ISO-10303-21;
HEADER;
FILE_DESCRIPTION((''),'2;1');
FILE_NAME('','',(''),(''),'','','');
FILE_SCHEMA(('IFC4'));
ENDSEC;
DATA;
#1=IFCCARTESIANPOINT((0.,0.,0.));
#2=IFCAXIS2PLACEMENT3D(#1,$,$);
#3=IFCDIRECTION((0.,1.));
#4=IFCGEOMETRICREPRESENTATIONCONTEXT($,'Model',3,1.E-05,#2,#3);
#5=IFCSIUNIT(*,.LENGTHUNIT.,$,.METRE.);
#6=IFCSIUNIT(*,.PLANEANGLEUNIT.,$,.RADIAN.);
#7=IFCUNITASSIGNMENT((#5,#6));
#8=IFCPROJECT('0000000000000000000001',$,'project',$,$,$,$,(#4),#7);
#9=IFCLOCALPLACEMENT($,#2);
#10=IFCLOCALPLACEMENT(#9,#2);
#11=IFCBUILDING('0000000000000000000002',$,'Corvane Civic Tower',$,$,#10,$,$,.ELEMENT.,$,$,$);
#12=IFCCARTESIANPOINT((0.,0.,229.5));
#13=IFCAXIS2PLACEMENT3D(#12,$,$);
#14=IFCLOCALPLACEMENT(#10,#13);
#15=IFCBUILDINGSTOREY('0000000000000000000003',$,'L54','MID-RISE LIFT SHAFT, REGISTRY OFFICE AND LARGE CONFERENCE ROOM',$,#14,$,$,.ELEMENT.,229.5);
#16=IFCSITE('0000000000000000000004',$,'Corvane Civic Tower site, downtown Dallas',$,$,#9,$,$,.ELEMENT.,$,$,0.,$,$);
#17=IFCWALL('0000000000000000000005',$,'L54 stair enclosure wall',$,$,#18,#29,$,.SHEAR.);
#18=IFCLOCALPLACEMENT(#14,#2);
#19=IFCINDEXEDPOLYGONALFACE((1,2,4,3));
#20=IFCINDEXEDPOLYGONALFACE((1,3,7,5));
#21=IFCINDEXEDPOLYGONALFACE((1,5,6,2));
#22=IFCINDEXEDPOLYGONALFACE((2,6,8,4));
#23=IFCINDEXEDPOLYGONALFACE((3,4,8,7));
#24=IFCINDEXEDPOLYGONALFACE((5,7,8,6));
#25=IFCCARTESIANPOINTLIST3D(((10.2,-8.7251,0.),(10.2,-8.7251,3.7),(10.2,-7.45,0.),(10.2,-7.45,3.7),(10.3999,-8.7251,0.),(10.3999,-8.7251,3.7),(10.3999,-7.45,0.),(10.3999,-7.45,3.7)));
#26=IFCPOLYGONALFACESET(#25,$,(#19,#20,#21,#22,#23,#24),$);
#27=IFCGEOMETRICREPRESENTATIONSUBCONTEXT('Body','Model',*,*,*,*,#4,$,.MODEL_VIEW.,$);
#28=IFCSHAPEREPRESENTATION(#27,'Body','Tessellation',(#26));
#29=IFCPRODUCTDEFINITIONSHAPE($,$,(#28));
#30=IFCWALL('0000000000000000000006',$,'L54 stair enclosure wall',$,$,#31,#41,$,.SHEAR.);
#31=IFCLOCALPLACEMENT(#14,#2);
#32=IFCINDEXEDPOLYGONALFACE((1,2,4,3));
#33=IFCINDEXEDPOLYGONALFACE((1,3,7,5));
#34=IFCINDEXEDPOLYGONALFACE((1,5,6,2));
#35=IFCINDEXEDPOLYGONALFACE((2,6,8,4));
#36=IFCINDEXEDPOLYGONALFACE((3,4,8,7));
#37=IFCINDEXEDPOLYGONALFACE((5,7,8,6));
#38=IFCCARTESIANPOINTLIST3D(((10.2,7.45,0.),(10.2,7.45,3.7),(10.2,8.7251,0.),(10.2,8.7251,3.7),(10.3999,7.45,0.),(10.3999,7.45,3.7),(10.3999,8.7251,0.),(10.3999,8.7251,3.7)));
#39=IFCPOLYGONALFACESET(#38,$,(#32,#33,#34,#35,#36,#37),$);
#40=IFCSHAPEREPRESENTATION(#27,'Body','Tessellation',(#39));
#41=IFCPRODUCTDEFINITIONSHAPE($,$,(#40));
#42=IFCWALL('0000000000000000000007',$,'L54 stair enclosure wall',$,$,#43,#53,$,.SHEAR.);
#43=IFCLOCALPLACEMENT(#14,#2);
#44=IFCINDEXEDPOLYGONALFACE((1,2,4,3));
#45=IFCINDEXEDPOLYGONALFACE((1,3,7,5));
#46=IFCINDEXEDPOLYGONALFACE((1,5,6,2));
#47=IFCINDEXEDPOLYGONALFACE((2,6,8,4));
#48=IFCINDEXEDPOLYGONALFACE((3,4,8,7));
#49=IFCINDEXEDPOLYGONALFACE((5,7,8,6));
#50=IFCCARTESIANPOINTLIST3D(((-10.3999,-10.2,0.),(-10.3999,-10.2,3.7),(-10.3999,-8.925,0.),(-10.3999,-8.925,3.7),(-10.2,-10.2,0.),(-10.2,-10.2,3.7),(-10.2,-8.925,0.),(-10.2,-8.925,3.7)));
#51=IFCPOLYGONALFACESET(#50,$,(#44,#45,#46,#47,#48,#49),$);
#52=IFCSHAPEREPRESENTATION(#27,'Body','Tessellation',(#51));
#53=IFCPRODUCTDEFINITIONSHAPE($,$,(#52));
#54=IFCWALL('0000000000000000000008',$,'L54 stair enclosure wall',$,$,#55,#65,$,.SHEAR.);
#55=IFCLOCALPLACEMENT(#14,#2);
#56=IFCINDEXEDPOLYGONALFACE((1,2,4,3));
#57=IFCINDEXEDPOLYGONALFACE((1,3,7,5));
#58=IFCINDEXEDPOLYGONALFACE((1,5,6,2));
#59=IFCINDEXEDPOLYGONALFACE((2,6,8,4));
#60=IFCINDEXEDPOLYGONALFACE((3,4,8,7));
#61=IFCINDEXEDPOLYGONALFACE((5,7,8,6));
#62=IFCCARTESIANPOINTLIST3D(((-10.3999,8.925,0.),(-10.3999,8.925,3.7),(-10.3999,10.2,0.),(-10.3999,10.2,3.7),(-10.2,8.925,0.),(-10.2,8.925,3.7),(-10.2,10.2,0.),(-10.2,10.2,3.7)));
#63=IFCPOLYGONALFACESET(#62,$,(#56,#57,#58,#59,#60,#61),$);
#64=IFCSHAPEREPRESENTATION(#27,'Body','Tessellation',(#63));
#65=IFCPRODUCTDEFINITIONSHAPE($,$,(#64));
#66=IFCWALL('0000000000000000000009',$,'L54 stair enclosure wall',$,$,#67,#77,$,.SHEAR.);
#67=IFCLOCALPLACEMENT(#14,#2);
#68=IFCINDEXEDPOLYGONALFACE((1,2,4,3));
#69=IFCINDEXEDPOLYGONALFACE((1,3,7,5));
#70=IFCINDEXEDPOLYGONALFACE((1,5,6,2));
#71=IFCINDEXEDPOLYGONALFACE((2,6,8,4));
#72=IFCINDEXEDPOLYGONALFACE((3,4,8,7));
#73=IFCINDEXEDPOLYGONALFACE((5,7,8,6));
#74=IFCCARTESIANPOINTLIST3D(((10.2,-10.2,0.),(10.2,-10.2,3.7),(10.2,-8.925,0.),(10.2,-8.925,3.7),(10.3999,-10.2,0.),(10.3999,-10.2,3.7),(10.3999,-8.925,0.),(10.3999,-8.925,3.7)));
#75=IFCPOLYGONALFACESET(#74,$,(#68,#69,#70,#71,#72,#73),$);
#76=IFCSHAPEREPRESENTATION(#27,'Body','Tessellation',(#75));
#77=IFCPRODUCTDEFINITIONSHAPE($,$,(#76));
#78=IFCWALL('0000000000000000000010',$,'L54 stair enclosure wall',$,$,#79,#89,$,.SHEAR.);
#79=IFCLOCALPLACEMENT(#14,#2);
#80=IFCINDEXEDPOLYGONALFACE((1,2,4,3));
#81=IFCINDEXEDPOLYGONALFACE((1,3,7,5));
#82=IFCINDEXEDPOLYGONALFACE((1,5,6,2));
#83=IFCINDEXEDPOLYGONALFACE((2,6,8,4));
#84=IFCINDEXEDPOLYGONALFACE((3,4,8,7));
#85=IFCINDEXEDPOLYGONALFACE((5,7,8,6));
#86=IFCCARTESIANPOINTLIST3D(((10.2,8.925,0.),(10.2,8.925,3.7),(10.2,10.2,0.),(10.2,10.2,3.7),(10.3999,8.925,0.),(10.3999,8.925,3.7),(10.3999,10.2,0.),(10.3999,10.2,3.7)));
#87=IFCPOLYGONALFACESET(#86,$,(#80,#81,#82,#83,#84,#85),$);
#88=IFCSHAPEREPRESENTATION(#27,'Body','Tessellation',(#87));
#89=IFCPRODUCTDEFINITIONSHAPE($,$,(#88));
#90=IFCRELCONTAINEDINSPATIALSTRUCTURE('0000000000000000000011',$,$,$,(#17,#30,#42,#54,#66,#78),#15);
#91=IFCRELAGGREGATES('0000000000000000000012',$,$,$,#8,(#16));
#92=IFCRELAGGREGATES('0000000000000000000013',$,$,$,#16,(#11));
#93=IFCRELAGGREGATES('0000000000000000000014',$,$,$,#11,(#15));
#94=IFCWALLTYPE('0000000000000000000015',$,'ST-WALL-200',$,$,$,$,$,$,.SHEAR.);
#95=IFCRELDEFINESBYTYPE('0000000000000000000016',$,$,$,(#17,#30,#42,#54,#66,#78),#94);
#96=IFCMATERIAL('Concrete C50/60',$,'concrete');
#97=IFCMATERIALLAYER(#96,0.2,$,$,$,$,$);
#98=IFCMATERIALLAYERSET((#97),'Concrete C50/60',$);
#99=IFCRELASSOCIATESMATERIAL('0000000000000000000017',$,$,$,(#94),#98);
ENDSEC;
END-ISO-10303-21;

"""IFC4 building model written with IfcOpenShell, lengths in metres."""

from ifc_helpers import new_model, si_unit, direction, frame, origin, place, context, subcontext, project, spatial, polyline, outline, extrude, material, layer, layer_set, type_object, element, save


model = new_model("IFC4")

# Units and contexts
model_context = context("Model", 3, precision=1e-05, world=origin(), true_north=direction((0.0, 1.0)))
body_context = subcontext(model_context, "Body", "Model", "MODEL_VIEW")
ifc_project = project(units=[si_unit("LENGTHUNIT", "METRE"), si_unit("PLANEANGLEUNIT", "RADIAN")], contexts=[model_context])

# Site, building, storey
site_placement = place(None, origin())
site = spatial("IfcSite", under=ifc_project, at=site_placement, Name="Corvane Civic Tower site, downtown Dallas", CompositionType="ELEMENT", RefElevation=0.0)
building_placement = place(site_placement, origin())
building = spatial("IfcBuilding", under=site, at=building_placement, Name="Corvane Civic Tower", CompositionType="ELEMENT")
storey_placement = place(building_placement, frame((0.0, 0.0, 229.5)))
storey = spatial("IfcBuildingStorey", under=building, at=storey_placement, Name="L54", Description="MID-RISE LIFT SHAFT, REGISTRY OFFICE AND LARGE CONFERENCE ROOM", CompositionType="ELEMENT", Elevation=229.5)

# Walls
ifc_material_1 = material(Name="Concrete C50/60", Category="concrete")
ifc_layer_1 = layer(ifc_material_1, 0.2)
ifc_layer_set_1 = layer_set([ifc_layer_1], Name="Concrete C50/60")
wall_type_1 = type_object("IfcWallType", Name="ST-WALL-200", PredefinedType="SHEAR", material=ifc_layer_set_1)
wall_1_placement = place(storey_placement, origin())
element("IfcWall", 1, at=wall_1_placement, inside=storey, type_object=wall_type_1, Name="L54 stair enclosure wall", PredefinedType="SHEAR", context=body_context, shape_type="SweptSolid", body=[
    extrude(outline(polyline([(10.3999, -7.45), (10.3999, -8.7251), (10.2, -8.7251), (10.2, -7.45), (10.3999, -7.45)])), origin(), (0.0, 0.0, 1.0), 3.7),
])
wall_2_placement = place(storey_placement, origin())
element("IfcWall", 2, at=wall_2_placement, inside=storey, type_object=wall_type_1, Name="L54 stair enclosure wall", PredefinedType="SHEAR", context=body_context, shape_type="SweptSolid", body=[
    extrude(outline(polyline([(10.3999, 8.7251), (10.3999, 7.45), (10.2, 7.45), (10.2, 8.7251), (10.3999, 8.7251)])), origin(), (0.0, 0.0, 1.0), 3.7),
])
wall_3_placement = place(storey_placement, origin())
element("IfcWall", 3, at=wall_3_placement, inside=storey, type_object=wall_type_1, Name="L54 stair enclosure wall", PredefinedType="SHEAR", context=body_context, shape_type="SweptSolid", body=[
    extrude(outline(polyline([(-10.2, -8.925), (-10.2, -10.2), (-10.3999, -10.2), (-10.3999, -8.925), (-10.2, -8.925)])), origin(), (0.0, 0.0, 1.0), 3.7),
])
wall_4_placement = place(storey_placement, origin())
element("IfcWall", 4, at=wall_4_placement, inside=storey, type_object=wall_type_1, Name="L54 stair enclosure wall", PredefinedType="SHEAR", context=body_context, shape_type="SweptSolid", body=[
    extrude(outline(polyline([(-10.2, 8.925), (-10.3999, 8.925), (-10.3999, 10.2), (-10.2, 10.2), (-10.2, 8.925)])), origin(), (0.0, 0.0, 1.0), 3.7),
])
wall_5_placement = place(storey_placement, origin())
element("IfcWall", 5, at=wall_5_placement, inside=storey, type_object=wall_type_1, Name="L54 stair enclosure wall", PredefinedType="SHEAR", context=body_context, shape_type="SweptSolid", body=[
    extrude(outline(polyline([(10.3999, -8.925), (10.3999, -10.2), (10.2, -10.2), (10.2, -8.925), (10.3999, -8.925)])), origin(), (0.0, 0.0, 1.0), 3.7),
])
wall_6_placement = place(storey_placement, origin())
element("IfcWall", 6, at=wall_6_placement, inside=storey, type_object=wall_type_1, Name="L54 stair enclosure wall", PredefinedType="SHEAR", context=body_context, shape_type="SweptSolid", body=[
    extrude(outline(polyline([(10.3999, 8.925), (10.2, 8.925), (10.2, 10.2), (10.3999, 10.2), (10.3999, 8.925)])), origin(), (0.0, 0.0, 1.0), 3.7),
])

save(model, "model.ifc")
